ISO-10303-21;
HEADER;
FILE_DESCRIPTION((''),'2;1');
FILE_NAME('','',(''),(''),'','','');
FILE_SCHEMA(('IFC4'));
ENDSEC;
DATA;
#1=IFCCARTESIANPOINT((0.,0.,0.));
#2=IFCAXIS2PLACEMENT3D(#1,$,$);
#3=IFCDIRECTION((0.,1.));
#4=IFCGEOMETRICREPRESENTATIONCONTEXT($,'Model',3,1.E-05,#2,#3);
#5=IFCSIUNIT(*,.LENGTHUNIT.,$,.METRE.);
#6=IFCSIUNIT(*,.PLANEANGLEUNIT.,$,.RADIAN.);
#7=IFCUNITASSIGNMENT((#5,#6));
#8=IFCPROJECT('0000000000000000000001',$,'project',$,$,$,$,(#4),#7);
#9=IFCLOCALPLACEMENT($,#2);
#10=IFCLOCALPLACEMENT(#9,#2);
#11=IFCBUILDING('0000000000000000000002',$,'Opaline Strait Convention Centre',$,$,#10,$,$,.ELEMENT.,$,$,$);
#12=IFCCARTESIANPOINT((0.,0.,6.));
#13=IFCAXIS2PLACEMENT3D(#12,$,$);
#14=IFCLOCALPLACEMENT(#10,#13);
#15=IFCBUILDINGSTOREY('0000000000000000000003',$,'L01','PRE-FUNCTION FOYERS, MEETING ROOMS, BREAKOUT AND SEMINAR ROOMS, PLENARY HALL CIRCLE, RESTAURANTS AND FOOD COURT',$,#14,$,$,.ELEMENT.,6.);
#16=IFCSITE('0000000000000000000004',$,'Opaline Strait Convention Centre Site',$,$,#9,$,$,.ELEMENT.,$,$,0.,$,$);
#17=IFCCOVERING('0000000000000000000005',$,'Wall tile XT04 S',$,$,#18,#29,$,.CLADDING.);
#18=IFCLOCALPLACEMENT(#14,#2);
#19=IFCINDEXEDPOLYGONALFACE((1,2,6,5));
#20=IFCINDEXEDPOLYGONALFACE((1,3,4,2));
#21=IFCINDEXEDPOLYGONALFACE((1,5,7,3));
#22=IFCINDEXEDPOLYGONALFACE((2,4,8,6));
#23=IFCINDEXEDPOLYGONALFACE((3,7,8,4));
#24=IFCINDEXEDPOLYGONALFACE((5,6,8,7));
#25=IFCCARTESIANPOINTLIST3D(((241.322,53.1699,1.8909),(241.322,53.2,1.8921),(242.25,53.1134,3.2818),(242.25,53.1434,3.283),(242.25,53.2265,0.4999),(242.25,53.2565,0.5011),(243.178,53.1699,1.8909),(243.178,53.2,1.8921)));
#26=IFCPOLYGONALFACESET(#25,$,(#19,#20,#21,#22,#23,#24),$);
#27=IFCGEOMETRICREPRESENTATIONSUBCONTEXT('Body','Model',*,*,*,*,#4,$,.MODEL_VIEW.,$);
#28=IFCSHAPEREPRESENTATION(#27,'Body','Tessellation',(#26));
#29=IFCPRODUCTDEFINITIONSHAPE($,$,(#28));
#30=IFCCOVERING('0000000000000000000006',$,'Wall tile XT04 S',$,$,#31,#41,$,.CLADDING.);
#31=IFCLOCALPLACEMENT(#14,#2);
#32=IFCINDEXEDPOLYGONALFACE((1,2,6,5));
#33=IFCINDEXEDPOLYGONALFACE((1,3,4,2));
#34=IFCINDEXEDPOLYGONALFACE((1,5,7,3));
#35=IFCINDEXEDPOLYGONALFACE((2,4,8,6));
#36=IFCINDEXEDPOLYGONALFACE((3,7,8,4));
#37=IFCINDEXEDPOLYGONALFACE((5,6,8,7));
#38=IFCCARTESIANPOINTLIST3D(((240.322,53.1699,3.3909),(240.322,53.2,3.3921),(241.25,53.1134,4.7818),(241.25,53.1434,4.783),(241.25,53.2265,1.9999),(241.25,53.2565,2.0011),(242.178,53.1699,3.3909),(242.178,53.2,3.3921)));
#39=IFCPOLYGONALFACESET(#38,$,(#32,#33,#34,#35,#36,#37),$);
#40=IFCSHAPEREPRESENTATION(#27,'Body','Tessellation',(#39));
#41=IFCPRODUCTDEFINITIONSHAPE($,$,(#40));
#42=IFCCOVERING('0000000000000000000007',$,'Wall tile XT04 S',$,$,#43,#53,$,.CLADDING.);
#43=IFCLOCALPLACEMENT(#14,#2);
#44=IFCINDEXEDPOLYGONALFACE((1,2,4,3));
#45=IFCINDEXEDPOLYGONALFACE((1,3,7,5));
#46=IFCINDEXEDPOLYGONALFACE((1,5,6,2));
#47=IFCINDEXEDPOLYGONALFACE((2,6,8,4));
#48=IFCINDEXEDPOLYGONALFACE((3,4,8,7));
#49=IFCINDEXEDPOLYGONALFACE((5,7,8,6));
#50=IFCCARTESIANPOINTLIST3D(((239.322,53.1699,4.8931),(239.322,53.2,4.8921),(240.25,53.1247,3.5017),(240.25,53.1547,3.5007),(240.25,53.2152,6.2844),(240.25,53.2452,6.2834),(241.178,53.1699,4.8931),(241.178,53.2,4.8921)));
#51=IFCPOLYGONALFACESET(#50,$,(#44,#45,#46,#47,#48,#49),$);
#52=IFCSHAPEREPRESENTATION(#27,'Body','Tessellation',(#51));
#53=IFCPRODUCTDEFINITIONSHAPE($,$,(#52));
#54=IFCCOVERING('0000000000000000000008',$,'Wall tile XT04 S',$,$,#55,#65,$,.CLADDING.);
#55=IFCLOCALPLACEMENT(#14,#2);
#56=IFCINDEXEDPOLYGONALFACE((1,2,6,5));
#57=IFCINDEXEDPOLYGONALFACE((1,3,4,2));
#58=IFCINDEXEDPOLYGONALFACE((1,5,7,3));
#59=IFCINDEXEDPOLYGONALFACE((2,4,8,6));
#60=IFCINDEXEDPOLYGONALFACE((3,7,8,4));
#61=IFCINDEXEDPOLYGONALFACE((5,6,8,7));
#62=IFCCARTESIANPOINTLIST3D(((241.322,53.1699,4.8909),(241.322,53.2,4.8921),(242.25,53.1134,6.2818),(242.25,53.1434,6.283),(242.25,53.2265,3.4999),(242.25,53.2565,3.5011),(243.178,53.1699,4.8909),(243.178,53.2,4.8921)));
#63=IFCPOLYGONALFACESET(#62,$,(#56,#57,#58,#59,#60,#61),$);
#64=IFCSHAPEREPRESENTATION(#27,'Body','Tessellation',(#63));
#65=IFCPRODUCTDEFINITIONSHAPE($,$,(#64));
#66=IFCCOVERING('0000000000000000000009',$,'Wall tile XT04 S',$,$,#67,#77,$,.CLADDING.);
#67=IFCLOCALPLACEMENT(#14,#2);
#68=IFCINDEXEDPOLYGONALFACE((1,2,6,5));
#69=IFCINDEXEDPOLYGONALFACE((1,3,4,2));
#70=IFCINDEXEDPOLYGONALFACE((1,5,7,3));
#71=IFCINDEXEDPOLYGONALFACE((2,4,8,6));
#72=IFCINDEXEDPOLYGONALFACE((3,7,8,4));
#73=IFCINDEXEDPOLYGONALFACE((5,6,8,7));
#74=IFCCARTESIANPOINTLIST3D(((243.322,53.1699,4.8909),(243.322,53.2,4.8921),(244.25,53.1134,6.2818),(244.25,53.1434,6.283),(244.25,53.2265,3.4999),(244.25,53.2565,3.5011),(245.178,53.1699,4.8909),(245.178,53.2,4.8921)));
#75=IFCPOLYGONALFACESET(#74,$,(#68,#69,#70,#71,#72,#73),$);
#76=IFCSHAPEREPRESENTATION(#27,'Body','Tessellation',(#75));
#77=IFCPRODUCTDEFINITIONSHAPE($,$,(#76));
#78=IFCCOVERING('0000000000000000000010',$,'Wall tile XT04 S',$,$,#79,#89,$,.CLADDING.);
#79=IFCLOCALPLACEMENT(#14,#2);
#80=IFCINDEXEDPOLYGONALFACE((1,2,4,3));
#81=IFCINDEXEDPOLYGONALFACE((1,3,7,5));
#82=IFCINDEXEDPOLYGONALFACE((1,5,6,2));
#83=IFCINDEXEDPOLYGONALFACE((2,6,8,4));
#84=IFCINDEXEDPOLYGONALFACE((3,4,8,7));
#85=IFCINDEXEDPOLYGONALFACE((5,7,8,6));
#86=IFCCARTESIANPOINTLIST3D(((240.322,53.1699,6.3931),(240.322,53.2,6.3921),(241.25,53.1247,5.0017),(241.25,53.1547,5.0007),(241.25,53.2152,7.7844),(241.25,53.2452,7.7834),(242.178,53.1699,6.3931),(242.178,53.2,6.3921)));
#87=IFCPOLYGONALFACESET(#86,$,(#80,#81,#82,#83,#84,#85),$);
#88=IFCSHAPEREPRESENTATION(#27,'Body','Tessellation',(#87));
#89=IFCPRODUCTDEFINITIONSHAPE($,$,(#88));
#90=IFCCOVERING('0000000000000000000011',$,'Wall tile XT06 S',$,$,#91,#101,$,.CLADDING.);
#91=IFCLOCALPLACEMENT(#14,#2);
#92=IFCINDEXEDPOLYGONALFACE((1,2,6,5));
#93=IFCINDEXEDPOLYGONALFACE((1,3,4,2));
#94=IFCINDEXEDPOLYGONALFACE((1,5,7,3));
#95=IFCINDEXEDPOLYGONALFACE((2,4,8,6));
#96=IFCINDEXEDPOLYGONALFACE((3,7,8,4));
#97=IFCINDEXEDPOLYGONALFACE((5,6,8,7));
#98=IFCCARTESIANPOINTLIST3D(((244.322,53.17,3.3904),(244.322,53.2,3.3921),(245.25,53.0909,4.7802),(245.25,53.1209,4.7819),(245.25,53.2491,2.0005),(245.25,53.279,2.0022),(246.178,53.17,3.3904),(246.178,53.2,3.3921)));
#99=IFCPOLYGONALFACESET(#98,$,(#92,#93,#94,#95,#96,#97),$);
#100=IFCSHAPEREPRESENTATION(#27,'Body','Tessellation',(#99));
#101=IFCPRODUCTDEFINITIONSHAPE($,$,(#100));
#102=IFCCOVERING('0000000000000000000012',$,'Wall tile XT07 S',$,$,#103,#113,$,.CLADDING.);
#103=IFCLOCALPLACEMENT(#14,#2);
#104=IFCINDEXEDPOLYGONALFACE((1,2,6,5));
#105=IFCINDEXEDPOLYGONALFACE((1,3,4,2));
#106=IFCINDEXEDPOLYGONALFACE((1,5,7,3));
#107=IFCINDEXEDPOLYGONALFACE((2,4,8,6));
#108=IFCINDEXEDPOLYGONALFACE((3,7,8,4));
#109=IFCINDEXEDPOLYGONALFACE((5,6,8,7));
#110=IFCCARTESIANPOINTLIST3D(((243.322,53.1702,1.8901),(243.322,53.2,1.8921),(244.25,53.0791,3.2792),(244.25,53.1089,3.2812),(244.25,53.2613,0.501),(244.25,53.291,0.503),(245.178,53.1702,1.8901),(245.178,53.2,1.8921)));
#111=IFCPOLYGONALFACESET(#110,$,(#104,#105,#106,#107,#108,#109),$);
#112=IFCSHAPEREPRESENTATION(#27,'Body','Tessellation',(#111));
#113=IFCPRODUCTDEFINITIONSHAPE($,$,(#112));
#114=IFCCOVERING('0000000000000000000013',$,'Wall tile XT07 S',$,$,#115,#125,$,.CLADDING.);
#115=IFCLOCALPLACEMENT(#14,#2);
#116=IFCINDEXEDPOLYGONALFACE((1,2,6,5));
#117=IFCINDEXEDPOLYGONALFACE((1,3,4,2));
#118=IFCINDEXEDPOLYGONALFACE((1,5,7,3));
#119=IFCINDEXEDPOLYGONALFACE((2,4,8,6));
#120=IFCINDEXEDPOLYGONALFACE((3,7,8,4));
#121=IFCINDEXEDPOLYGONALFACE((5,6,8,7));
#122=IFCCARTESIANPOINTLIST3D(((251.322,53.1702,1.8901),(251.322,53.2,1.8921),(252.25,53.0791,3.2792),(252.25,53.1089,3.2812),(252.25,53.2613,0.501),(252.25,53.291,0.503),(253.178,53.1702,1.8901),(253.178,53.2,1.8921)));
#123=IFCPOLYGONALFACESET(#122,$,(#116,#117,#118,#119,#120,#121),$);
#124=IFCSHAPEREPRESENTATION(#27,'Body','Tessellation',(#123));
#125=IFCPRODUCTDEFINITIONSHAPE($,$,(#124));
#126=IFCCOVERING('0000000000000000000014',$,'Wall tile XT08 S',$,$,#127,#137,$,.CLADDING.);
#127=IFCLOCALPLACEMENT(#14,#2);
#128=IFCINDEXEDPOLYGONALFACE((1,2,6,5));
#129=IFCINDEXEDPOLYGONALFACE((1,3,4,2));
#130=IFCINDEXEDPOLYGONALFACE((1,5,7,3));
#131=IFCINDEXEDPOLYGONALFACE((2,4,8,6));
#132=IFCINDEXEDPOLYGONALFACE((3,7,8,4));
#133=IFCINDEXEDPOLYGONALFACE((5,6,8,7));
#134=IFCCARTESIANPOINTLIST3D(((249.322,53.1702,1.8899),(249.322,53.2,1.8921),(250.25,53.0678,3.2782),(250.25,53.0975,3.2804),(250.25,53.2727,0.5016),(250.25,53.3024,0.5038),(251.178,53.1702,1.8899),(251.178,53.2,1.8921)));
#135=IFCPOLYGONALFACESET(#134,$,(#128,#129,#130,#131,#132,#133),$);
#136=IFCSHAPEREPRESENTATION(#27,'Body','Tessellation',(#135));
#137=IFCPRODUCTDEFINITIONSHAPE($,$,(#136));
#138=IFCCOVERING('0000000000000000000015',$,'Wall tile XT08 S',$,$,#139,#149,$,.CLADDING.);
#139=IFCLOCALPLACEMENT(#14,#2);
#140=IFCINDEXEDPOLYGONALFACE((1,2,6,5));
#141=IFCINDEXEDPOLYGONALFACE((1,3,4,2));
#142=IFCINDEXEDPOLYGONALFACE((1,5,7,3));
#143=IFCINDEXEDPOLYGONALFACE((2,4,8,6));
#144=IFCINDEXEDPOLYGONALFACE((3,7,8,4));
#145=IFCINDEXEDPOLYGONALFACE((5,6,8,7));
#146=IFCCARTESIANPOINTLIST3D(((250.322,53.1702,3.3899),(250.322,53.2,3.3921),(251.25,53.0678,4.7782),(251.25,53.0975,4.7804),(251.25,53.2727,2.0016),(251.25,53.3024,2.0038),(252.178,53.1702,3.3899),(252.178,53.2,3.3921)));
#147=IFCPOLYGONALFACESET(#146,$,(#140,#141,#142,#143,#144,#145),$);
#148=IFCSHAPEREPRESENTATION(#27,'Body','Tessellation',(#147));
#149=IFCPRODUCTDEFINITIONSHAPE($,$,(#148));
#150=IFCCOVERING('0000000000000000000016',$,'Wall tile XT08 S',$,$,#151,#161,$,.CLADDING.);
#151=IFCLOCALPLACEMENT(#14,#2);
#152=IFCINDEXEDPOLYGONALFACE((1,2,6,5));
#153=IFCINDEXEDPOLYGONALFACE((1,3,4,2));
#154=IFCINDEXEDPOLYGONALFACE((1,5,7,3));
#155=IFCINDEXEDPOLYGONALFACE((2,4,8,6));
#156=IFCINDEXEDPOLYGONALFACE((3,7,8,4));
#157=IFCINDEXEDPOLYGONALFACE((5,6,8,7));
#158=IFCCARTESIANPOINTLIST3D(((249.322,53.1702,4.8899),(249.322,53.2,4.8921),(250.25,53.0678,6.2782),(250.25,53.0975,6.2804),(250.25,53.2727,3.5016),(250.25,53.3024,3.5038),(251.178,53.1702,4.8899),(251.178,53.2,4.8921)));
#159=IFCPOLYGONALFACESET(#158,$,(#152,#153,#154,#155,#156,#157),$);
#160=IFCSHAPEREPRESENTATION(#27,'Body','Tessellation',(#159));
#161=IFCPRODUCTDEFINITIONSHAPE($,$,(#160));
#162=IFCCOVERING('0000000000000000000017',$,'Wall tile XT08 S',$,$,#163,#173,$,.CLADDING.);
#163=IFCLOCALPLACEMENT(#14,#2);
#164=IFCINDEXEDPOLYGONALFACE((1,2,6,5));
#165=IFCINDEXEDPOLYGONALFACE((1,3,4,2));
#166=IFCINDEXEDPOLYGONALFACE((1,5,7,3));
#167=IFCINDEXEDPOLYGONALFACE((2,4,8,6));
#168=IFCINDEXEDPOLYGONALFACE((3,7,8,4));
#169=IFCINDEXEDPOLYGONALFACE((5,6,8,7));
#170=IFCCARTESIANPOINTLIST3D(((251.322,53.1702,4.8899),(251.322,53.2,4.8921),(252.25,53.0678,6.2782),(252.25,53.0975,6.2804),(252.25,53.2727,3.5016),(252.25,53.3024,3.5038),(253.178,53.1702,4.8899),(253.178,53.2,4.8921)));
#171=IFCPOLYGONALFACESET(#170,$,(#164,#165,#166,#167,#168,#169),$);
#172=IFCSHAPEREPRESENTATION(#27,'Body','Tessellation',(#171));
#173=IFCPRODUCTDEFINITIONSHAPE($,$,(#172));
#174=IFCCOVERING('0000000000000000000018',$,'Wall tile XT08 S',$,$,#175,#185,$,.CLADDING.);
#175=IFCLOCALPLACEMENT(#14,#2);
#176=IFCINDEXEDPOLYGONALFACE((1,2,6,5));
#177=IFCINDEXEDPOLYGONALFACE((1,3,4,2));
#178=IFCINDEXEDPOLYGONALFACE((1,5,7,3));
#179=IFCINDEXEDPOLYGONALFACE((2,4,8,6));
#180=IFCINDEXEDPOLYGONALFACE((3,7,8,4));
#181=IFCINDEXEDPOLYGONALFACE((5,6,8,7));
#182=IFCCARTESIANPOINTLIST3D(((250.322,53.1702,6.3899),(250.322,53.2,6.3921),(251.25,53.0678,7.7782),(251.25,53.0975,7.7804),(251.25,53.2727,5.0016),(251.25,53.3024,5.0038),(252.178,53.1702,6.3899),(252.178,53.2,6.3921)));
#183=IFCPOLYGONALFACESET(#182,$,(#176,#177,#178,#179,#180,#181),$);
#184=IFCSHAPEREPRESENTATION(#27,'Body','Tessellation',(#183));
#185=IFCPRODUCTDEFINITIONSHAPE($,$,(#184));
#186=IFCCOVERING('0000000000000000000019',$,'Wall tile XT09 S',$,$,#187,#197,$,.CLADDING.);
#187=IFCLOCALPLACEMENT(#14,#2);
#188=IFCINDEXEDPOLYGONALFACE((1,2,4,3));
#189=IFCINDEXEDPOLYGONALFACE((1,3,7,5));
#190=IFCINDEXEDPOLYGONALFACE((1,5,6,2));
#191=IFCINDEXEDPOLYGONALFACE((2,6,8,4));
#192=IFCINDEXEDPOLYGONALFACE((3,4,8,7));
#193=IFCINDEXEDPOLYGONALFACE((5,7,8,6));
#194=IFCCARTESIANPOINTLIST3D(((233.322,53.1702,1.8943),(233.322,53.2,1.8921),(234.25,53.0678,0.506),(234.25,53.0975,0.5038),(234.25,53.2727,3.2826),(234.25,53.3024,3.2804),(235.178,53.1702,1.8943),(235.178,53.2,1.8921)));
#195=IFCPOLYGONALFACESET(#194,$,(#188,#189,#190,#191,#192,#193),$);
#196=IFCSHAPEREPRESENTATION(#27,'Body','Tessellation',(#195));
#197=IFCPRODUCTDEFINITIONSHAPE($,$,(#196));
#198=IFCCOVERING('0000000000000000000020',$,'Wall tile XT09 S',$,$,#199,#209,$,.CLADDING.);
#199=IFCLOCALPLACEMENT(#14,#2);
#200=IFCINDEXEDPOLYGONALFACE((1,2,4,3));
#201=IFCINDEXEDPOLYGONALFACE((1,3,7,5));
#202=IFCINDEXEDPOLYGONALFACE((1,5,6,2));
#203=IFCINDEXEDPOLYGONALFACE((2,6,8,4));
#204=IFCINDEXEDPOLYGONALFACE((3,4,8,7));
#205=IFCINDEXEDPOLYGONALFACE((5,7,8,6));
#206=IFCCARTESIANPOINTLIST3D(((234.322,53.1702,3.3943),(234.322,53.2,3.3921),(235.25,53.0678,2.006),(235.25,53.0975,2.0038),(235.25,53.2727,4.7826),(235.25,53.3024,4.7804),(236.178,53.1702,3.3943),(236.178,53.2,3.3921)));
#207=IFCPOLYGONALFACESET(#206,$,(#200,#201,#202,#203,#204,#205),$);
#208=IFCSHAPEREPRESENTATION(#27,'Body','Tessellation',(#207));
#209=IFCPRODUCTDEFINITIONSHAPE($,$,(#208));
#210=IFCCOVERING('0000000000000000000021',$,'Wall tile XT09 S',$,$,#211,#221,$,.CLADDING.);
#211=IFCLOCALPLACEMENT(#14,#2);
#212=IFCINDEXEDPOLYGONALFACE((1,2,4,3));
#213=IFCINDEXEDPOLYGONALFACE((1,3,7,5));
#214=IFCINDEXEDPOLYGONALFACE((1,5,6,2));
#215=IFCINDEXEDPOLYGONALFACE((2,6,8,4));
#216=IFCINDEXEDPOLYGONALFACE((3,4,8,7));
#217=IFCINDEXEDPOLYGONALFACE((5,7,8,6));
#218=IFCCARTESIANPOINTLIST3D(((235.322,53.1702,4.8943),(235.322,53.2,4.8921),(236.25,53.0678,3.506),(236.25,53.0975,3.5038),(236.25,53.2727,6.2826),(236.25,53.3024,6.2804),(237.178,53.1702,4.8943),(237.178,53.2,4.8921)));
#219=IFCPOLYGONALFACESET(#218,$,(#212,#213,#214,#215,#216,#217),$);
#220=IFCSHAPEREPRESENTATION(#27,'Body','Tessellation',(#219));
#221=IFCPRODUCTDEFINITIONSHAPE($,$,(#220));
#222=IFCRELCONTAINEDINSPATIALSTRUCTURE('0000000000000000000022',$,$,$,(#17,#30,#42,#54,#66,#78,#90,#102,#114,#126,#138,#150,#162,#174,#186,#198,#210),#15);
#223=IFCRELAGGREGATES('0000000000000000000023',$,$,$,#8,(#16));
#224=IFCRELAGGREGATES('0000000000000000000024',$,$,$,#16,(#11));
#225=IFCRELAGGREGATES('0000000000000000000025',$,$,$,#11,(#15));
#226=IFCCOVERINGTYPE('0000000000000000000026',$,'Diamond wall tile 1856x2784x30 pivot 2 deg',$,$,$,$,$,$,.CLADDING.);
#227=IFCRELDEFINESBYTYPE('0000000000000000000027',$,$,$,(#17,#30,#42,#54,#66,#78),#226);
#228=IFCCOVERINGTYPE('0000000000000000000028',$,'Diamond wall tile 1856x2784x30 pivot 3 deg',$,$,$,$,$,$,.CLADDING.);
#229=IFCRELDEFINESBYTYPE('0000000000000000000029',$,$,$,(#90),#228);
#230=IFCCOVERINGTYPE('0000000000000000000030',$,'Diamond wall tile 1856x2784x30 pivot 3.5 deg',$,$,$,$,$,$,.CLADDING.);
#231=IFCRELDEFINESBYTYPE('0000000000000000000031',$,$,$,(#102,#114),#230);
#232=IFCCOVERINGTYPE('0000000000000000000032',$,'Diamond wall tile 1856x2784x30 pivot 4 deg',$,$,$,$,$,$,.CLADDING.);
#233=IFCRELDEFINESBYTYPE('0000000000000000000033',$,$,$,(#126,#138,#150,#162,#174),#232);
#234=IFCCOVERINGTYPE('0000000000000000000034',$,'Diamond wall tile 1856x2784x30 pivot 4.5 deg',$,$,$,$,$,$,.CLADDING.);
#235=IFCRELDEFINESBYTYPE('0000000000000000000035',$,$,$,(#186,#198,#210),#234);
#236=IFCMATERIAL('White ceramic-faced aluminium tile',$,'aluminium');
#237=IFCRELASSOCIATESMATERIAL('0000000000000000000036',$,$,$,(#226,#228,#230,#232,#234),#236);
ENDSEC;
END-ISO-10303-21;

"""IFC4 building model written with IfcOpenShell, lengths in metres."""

from ifc_helpers import new_model, si_unit, direction, frame, origin, place, context, subcontext, project, spatial, polyline, outline, extrude, material, material_profile, profile_set, type_object, element, save


model = new_model("IFC4")

# Units and contexts
model_context = context("Model", 3, precision=1e-05, world=origin(), true_north=direction((0.0, 1.0)))
body_context = subcontext(model_context, "Body", "Model", "MODEL_VIEW")
ifc_project = project(units=[si_unit("LENGTHUNIT", "METRE"), si_unit("PLANEANGLEUNIT", "RADIAN")], contexts=[model_context])

# Site, building, storey
site_placement = place(None, origin())
site = spatial("IfcSite", under=ifc_project, at=site_placement, Name="Opaline Strait Convention Centre Site", CompositionType="ELEMENT", RefElevation=0.0)
building_placement = place(site_placement, origin())
building = spatial("IfcBuilding", under=site, at=building_placement, Name="Opaline Strait Convention Centre", CompositionType="ELEMENT")
storey_placement = place(building_placement, frame((0.0, 0.0, 6.0)))
storey = spatial("IfcBuildingStorey", under=building, at=storey_placement, Name="L01", Description="PRE-FUNCTION FOYERS, MEETING ROOMS, BREAKOUT AND SEMINAR ROOMS, PLENARY HALL CIRCLE, RESTAURANTS AND FOOD COURT", CompositionType="ELEMENT", Elevation=6.0)

# Coverings
ifc_material_1 = material(Name="White ceramic-faced aluminium tile", Category="aluminium")
ifc_material_profile_1 = material_profile(ifc_material_1, outline(polyline([(0.928, 0.0), (0.0, 1.3921), (-0.928, 0.0), (0.0, -1.3921), (0.928, 0.0)])), Name="Diamond tile 1856x2784")
ifc_profile_set_1 = profile_set([ifc_material_profile_1], Name="White ceramic-faced aluminium tile")
covering_type_1 = type_object("IfcCoveringType", Name="Diamond wall tile 1856x2784x30 pivot 2 deg", PredefinedType="CLADDING", material=ifc_profile_set_1)
for number, where, z_axis, x_axis, name in (
    (1, (242.25, 53.2, 1.8921), (0.0, -0.999175, -0.040617), (1.0, 0.0, 0.0), "Wall tile XT04 S"),
    (2, (241.25, 53.2, 3.3921), (0.0, -0.999175, -0.040617), (1.0, 0.0, 0.0), "Wall tile XT04 S"),
    (3, (240.25, 53.2, 4.8921), (0.0, -0.999472, 0.032503), (1.0, 0.0, 0.0), "Wall tile XT04 S"),
    (4, (242.25, 53.2, 4.8921), (0.0, -0.999175, -0.040617), (1.0, 0.0, 0.0), "Wall tile XT04 S"),
    (5, (244.25, 53.2, 4.8921), (0.0, -0.999175, -0.040617), (1.0, 0.0, 0.0), "Wall tile XT04 S"),
    (6, (241.25, 53.2, 6.3921), (0.0, -0.999472, 0.032503), (1.0, 0.0, 0.0), "Wall tile XT04 S"),
):
    element("IfcCovering", number, at=place(storey_placement, frame(where, z_axis=z_axis, x_axis=x_axis)), inside=storey, type_object=covering_type_1, Name=name, PredefinedType="CLADDING", context=body_context, shape_type="SweptSolid", body=[
        extrude(outline(polyline([(0.928, 0.0), (0.0, 1.3921), (-0.928, 0.0), (0.0, -1.3921), (0.928, 0.0)])), origin(), (0.0, 0.0, 1.0), 0.03),
    ])
ifc_material_profile_2 = material_profile(ifc_material_1, outline(polyline([(0.928, 0.0), (0.0, 1.3921), (-0.928, 0.0), (0.0, -1.3921), (0.928, 0.0)])), Name="Diamond tile 1856x2784")
ifc_profile_set_2 = profile_set([ifc_material_profile_2], Name="White ceramic-faced aluminium tile")
covering_type_2 = type_object("IfcCoveringType", Name="Diamond wall tile 1856x2784x30 pivot 3 deg", PredefinedType="CLADDING", material=ifc_profile_set_2)
covering_placement = place(storey_placement, frame((245.25, 53.2, 3.3921), z_axis=(0.0, -0.998385, -0.056819), x_axis=(1.0, 0.0, 0.0)))
element("IfcCovering", 7, at=covering_placement, inside=storey, type_object=covering_type_2, Name="Wall tile XT06 S", PredefinedType="CLADDING", context=body_context, shape_type="SweptSolid", body=[
    extrude(outline(polyline([(0.928, 0.0), (0.0, 1.3921), (-0.928, 0.0), (0.0, -1.3921), (0.928, 0.0)])), origin(), (0.0, 0.0, 1.0), 0.03),
])
ifc_material_profile_3 = material_profile(ifc_material_1, outline(polyline([(0.928, 0.0), (0.0, 1.3921), (-0.928, 0.0), (0.0, -1.3921), (0.928, 0.0)])), Name="Diamond tile 1856x2784")
ifc_profile_set_3 = profile_set([ifc_material_profile_3], Name="White ceramic-faced aluminium tile")
covering_type_3 = type_object("IfcCoveringType", Name="Diamond wall tile 1856x2784x30 pivot 3.5 deg", PredefinedType="CLADDING", material=ifc_profile_set_3)
for number, where, z_axis, x_axis, name in (
    (8, (244.25, 53.2, 1.8921), (0.0, -0.997857, -0.065433), (1.0, 0.0, 0.0), "Wall tile XT07 S"),
    (9, (252.25, 53.2, 1.8921), (0.0, -0.997857, -0.065433), (1.0, 0.0, 0.0), "Wall tile XT07 S"),
):
    element("IfcCovering", number, at=place(storey_placement, frame(where, z_axis=z_axis, x_axis=x_axis)), inside=storey, type_object=covering_type_3, Name=name, PredefinedType="CLADDING", context=body_context, shape_type="SweptSolid", body=[
        extrude(outline(polyline([(0.928, 0.0), (0.0, 1.3921), (-0.928, 0.0), (0.0, -1.3921), (0.928, 0.0)])), origin(), (0.0, 0.0, 1.0), 0.0298),
    ])
ifc_material_profile_4 = material_profile(ifc_material_1, outline(polyline([(0.928, 0.0), (0.0, 1.3921), (-0.928, 0.0), (0.0, -1.3921), (0.928, 0.0)])), Name="Diamond tile 1856x2784")
ifc_profile_set_4 = profile_set([ifc_material_profile_4], Name="White ceramic-faced aluminium tile")
covering_type_4 = type_object("IfcCoveringType", Name="Diamond wall tile 1856x2784x30 pivot 4 deg", PredefinedType="CLADDING", material=ifc_profile_set_4)
for number, where, z_axis, x_axis, name in (
    (10, (250.25, 53.2, 1.8921), (0.0, -0.99729, -0.073571), (1.0, 0.0, 0.0), "Wall tile XT08 S"),
    (11, (251.25, 53.2, 3.3921), (0.0, -0.99729, -0.073571), (1.0, 0.0, 0.0), "Wall tile XT08 S"),
    (12, (250.25, 53.2, 4.8921), (0.0, -0.99729, -0.073571), (1.0, 0.0, 0.0), "Wall tile XT08 S"),
    (13, (252.25, 53.2, 4.8921), (0.0, -0.99729, -0.073571), (1.0, 0.0, 0.0), "Wall tile XT08 S"),
    (14, (251.25, 53.2, 6.3921), (0.0, -0.99729, -0.073571), (1.0, 0.0, 0.0), "Wall tile XT08 S"),
):
    element("IfcCovering", number, at=place(storey_placement, frame(where, z_axis=z_axis, x_axis=x_axis)), inside=storey, type_object=covering_type_4, Name=name, PredefinedType="CLADDING", context=body_context, shape_type="SweptSolid", body=[
        extrude(outline(polyline([(0.928, 0.0), (0.0, 1.3921), (-0.928, 0.0), (0.0, -1.3921), (0.928, 0.0)])), origin(), (0.0, 0.0, 1.0), 0.0298),
    ])
ifc_material_profile_5 = material_profile(ifc_material_1, outline(polyline([(0.928, 0.0), (0.0, 1.3921), (-0.928, 0.0), (0.0, -1.3921), (0.928, 0.0)])), Name="Diamond tile 1856x2784")
ifc_profile_set_5 = profile_set([ifc_material_profile_5], Name="White ceramic-faced aluminium tile")
covering_type_5 = type_object("IfcCoveringType", Name="Diamond wall tile 1856x2784x30 pivot 4.5 deg", PredefinedType="CLADDING", material=ifc_profile_set_5)
for number, where, z_axis, x_axis, name in (
    (15, (234.25, 53.2, 1.8921), (0.0, -0.99729, 0.073571), (1.0, 0.0, 0.0), "Wall tile XT09 S"),
    (16, (235.25, 53.2, 3.3921), (0.0, -0.99729, 0.073571), (1.0, 0.0, 0.0), "Wall tile XT09 S"),
    (17, (236.25, 53.2, 4.8921), (0.0, -0.99729, 0.073571), (1.0, 0.0, 0.0), "Wall tile XT09 S"),
):
    element("IfcCovering", number, at=place(storey_placement, frame(where, z_axis=z_axis, x_axis=x_axis)), inside=storey, type_object=covering_type_5, Name=name, PredefinedType="CLADDING", context=body_context, shape_type="SweptSolid", body=[
        extrude(outline(polyline([(0.928, 0.0), (0.0, 1.3921), (-0.928, 0.0), (0.0, -1.3921), (0.928, 0.0)])), origin(), (0.0, 0.0, 1.0), 0.0298),
    ])

save(model, "model.ifc")
